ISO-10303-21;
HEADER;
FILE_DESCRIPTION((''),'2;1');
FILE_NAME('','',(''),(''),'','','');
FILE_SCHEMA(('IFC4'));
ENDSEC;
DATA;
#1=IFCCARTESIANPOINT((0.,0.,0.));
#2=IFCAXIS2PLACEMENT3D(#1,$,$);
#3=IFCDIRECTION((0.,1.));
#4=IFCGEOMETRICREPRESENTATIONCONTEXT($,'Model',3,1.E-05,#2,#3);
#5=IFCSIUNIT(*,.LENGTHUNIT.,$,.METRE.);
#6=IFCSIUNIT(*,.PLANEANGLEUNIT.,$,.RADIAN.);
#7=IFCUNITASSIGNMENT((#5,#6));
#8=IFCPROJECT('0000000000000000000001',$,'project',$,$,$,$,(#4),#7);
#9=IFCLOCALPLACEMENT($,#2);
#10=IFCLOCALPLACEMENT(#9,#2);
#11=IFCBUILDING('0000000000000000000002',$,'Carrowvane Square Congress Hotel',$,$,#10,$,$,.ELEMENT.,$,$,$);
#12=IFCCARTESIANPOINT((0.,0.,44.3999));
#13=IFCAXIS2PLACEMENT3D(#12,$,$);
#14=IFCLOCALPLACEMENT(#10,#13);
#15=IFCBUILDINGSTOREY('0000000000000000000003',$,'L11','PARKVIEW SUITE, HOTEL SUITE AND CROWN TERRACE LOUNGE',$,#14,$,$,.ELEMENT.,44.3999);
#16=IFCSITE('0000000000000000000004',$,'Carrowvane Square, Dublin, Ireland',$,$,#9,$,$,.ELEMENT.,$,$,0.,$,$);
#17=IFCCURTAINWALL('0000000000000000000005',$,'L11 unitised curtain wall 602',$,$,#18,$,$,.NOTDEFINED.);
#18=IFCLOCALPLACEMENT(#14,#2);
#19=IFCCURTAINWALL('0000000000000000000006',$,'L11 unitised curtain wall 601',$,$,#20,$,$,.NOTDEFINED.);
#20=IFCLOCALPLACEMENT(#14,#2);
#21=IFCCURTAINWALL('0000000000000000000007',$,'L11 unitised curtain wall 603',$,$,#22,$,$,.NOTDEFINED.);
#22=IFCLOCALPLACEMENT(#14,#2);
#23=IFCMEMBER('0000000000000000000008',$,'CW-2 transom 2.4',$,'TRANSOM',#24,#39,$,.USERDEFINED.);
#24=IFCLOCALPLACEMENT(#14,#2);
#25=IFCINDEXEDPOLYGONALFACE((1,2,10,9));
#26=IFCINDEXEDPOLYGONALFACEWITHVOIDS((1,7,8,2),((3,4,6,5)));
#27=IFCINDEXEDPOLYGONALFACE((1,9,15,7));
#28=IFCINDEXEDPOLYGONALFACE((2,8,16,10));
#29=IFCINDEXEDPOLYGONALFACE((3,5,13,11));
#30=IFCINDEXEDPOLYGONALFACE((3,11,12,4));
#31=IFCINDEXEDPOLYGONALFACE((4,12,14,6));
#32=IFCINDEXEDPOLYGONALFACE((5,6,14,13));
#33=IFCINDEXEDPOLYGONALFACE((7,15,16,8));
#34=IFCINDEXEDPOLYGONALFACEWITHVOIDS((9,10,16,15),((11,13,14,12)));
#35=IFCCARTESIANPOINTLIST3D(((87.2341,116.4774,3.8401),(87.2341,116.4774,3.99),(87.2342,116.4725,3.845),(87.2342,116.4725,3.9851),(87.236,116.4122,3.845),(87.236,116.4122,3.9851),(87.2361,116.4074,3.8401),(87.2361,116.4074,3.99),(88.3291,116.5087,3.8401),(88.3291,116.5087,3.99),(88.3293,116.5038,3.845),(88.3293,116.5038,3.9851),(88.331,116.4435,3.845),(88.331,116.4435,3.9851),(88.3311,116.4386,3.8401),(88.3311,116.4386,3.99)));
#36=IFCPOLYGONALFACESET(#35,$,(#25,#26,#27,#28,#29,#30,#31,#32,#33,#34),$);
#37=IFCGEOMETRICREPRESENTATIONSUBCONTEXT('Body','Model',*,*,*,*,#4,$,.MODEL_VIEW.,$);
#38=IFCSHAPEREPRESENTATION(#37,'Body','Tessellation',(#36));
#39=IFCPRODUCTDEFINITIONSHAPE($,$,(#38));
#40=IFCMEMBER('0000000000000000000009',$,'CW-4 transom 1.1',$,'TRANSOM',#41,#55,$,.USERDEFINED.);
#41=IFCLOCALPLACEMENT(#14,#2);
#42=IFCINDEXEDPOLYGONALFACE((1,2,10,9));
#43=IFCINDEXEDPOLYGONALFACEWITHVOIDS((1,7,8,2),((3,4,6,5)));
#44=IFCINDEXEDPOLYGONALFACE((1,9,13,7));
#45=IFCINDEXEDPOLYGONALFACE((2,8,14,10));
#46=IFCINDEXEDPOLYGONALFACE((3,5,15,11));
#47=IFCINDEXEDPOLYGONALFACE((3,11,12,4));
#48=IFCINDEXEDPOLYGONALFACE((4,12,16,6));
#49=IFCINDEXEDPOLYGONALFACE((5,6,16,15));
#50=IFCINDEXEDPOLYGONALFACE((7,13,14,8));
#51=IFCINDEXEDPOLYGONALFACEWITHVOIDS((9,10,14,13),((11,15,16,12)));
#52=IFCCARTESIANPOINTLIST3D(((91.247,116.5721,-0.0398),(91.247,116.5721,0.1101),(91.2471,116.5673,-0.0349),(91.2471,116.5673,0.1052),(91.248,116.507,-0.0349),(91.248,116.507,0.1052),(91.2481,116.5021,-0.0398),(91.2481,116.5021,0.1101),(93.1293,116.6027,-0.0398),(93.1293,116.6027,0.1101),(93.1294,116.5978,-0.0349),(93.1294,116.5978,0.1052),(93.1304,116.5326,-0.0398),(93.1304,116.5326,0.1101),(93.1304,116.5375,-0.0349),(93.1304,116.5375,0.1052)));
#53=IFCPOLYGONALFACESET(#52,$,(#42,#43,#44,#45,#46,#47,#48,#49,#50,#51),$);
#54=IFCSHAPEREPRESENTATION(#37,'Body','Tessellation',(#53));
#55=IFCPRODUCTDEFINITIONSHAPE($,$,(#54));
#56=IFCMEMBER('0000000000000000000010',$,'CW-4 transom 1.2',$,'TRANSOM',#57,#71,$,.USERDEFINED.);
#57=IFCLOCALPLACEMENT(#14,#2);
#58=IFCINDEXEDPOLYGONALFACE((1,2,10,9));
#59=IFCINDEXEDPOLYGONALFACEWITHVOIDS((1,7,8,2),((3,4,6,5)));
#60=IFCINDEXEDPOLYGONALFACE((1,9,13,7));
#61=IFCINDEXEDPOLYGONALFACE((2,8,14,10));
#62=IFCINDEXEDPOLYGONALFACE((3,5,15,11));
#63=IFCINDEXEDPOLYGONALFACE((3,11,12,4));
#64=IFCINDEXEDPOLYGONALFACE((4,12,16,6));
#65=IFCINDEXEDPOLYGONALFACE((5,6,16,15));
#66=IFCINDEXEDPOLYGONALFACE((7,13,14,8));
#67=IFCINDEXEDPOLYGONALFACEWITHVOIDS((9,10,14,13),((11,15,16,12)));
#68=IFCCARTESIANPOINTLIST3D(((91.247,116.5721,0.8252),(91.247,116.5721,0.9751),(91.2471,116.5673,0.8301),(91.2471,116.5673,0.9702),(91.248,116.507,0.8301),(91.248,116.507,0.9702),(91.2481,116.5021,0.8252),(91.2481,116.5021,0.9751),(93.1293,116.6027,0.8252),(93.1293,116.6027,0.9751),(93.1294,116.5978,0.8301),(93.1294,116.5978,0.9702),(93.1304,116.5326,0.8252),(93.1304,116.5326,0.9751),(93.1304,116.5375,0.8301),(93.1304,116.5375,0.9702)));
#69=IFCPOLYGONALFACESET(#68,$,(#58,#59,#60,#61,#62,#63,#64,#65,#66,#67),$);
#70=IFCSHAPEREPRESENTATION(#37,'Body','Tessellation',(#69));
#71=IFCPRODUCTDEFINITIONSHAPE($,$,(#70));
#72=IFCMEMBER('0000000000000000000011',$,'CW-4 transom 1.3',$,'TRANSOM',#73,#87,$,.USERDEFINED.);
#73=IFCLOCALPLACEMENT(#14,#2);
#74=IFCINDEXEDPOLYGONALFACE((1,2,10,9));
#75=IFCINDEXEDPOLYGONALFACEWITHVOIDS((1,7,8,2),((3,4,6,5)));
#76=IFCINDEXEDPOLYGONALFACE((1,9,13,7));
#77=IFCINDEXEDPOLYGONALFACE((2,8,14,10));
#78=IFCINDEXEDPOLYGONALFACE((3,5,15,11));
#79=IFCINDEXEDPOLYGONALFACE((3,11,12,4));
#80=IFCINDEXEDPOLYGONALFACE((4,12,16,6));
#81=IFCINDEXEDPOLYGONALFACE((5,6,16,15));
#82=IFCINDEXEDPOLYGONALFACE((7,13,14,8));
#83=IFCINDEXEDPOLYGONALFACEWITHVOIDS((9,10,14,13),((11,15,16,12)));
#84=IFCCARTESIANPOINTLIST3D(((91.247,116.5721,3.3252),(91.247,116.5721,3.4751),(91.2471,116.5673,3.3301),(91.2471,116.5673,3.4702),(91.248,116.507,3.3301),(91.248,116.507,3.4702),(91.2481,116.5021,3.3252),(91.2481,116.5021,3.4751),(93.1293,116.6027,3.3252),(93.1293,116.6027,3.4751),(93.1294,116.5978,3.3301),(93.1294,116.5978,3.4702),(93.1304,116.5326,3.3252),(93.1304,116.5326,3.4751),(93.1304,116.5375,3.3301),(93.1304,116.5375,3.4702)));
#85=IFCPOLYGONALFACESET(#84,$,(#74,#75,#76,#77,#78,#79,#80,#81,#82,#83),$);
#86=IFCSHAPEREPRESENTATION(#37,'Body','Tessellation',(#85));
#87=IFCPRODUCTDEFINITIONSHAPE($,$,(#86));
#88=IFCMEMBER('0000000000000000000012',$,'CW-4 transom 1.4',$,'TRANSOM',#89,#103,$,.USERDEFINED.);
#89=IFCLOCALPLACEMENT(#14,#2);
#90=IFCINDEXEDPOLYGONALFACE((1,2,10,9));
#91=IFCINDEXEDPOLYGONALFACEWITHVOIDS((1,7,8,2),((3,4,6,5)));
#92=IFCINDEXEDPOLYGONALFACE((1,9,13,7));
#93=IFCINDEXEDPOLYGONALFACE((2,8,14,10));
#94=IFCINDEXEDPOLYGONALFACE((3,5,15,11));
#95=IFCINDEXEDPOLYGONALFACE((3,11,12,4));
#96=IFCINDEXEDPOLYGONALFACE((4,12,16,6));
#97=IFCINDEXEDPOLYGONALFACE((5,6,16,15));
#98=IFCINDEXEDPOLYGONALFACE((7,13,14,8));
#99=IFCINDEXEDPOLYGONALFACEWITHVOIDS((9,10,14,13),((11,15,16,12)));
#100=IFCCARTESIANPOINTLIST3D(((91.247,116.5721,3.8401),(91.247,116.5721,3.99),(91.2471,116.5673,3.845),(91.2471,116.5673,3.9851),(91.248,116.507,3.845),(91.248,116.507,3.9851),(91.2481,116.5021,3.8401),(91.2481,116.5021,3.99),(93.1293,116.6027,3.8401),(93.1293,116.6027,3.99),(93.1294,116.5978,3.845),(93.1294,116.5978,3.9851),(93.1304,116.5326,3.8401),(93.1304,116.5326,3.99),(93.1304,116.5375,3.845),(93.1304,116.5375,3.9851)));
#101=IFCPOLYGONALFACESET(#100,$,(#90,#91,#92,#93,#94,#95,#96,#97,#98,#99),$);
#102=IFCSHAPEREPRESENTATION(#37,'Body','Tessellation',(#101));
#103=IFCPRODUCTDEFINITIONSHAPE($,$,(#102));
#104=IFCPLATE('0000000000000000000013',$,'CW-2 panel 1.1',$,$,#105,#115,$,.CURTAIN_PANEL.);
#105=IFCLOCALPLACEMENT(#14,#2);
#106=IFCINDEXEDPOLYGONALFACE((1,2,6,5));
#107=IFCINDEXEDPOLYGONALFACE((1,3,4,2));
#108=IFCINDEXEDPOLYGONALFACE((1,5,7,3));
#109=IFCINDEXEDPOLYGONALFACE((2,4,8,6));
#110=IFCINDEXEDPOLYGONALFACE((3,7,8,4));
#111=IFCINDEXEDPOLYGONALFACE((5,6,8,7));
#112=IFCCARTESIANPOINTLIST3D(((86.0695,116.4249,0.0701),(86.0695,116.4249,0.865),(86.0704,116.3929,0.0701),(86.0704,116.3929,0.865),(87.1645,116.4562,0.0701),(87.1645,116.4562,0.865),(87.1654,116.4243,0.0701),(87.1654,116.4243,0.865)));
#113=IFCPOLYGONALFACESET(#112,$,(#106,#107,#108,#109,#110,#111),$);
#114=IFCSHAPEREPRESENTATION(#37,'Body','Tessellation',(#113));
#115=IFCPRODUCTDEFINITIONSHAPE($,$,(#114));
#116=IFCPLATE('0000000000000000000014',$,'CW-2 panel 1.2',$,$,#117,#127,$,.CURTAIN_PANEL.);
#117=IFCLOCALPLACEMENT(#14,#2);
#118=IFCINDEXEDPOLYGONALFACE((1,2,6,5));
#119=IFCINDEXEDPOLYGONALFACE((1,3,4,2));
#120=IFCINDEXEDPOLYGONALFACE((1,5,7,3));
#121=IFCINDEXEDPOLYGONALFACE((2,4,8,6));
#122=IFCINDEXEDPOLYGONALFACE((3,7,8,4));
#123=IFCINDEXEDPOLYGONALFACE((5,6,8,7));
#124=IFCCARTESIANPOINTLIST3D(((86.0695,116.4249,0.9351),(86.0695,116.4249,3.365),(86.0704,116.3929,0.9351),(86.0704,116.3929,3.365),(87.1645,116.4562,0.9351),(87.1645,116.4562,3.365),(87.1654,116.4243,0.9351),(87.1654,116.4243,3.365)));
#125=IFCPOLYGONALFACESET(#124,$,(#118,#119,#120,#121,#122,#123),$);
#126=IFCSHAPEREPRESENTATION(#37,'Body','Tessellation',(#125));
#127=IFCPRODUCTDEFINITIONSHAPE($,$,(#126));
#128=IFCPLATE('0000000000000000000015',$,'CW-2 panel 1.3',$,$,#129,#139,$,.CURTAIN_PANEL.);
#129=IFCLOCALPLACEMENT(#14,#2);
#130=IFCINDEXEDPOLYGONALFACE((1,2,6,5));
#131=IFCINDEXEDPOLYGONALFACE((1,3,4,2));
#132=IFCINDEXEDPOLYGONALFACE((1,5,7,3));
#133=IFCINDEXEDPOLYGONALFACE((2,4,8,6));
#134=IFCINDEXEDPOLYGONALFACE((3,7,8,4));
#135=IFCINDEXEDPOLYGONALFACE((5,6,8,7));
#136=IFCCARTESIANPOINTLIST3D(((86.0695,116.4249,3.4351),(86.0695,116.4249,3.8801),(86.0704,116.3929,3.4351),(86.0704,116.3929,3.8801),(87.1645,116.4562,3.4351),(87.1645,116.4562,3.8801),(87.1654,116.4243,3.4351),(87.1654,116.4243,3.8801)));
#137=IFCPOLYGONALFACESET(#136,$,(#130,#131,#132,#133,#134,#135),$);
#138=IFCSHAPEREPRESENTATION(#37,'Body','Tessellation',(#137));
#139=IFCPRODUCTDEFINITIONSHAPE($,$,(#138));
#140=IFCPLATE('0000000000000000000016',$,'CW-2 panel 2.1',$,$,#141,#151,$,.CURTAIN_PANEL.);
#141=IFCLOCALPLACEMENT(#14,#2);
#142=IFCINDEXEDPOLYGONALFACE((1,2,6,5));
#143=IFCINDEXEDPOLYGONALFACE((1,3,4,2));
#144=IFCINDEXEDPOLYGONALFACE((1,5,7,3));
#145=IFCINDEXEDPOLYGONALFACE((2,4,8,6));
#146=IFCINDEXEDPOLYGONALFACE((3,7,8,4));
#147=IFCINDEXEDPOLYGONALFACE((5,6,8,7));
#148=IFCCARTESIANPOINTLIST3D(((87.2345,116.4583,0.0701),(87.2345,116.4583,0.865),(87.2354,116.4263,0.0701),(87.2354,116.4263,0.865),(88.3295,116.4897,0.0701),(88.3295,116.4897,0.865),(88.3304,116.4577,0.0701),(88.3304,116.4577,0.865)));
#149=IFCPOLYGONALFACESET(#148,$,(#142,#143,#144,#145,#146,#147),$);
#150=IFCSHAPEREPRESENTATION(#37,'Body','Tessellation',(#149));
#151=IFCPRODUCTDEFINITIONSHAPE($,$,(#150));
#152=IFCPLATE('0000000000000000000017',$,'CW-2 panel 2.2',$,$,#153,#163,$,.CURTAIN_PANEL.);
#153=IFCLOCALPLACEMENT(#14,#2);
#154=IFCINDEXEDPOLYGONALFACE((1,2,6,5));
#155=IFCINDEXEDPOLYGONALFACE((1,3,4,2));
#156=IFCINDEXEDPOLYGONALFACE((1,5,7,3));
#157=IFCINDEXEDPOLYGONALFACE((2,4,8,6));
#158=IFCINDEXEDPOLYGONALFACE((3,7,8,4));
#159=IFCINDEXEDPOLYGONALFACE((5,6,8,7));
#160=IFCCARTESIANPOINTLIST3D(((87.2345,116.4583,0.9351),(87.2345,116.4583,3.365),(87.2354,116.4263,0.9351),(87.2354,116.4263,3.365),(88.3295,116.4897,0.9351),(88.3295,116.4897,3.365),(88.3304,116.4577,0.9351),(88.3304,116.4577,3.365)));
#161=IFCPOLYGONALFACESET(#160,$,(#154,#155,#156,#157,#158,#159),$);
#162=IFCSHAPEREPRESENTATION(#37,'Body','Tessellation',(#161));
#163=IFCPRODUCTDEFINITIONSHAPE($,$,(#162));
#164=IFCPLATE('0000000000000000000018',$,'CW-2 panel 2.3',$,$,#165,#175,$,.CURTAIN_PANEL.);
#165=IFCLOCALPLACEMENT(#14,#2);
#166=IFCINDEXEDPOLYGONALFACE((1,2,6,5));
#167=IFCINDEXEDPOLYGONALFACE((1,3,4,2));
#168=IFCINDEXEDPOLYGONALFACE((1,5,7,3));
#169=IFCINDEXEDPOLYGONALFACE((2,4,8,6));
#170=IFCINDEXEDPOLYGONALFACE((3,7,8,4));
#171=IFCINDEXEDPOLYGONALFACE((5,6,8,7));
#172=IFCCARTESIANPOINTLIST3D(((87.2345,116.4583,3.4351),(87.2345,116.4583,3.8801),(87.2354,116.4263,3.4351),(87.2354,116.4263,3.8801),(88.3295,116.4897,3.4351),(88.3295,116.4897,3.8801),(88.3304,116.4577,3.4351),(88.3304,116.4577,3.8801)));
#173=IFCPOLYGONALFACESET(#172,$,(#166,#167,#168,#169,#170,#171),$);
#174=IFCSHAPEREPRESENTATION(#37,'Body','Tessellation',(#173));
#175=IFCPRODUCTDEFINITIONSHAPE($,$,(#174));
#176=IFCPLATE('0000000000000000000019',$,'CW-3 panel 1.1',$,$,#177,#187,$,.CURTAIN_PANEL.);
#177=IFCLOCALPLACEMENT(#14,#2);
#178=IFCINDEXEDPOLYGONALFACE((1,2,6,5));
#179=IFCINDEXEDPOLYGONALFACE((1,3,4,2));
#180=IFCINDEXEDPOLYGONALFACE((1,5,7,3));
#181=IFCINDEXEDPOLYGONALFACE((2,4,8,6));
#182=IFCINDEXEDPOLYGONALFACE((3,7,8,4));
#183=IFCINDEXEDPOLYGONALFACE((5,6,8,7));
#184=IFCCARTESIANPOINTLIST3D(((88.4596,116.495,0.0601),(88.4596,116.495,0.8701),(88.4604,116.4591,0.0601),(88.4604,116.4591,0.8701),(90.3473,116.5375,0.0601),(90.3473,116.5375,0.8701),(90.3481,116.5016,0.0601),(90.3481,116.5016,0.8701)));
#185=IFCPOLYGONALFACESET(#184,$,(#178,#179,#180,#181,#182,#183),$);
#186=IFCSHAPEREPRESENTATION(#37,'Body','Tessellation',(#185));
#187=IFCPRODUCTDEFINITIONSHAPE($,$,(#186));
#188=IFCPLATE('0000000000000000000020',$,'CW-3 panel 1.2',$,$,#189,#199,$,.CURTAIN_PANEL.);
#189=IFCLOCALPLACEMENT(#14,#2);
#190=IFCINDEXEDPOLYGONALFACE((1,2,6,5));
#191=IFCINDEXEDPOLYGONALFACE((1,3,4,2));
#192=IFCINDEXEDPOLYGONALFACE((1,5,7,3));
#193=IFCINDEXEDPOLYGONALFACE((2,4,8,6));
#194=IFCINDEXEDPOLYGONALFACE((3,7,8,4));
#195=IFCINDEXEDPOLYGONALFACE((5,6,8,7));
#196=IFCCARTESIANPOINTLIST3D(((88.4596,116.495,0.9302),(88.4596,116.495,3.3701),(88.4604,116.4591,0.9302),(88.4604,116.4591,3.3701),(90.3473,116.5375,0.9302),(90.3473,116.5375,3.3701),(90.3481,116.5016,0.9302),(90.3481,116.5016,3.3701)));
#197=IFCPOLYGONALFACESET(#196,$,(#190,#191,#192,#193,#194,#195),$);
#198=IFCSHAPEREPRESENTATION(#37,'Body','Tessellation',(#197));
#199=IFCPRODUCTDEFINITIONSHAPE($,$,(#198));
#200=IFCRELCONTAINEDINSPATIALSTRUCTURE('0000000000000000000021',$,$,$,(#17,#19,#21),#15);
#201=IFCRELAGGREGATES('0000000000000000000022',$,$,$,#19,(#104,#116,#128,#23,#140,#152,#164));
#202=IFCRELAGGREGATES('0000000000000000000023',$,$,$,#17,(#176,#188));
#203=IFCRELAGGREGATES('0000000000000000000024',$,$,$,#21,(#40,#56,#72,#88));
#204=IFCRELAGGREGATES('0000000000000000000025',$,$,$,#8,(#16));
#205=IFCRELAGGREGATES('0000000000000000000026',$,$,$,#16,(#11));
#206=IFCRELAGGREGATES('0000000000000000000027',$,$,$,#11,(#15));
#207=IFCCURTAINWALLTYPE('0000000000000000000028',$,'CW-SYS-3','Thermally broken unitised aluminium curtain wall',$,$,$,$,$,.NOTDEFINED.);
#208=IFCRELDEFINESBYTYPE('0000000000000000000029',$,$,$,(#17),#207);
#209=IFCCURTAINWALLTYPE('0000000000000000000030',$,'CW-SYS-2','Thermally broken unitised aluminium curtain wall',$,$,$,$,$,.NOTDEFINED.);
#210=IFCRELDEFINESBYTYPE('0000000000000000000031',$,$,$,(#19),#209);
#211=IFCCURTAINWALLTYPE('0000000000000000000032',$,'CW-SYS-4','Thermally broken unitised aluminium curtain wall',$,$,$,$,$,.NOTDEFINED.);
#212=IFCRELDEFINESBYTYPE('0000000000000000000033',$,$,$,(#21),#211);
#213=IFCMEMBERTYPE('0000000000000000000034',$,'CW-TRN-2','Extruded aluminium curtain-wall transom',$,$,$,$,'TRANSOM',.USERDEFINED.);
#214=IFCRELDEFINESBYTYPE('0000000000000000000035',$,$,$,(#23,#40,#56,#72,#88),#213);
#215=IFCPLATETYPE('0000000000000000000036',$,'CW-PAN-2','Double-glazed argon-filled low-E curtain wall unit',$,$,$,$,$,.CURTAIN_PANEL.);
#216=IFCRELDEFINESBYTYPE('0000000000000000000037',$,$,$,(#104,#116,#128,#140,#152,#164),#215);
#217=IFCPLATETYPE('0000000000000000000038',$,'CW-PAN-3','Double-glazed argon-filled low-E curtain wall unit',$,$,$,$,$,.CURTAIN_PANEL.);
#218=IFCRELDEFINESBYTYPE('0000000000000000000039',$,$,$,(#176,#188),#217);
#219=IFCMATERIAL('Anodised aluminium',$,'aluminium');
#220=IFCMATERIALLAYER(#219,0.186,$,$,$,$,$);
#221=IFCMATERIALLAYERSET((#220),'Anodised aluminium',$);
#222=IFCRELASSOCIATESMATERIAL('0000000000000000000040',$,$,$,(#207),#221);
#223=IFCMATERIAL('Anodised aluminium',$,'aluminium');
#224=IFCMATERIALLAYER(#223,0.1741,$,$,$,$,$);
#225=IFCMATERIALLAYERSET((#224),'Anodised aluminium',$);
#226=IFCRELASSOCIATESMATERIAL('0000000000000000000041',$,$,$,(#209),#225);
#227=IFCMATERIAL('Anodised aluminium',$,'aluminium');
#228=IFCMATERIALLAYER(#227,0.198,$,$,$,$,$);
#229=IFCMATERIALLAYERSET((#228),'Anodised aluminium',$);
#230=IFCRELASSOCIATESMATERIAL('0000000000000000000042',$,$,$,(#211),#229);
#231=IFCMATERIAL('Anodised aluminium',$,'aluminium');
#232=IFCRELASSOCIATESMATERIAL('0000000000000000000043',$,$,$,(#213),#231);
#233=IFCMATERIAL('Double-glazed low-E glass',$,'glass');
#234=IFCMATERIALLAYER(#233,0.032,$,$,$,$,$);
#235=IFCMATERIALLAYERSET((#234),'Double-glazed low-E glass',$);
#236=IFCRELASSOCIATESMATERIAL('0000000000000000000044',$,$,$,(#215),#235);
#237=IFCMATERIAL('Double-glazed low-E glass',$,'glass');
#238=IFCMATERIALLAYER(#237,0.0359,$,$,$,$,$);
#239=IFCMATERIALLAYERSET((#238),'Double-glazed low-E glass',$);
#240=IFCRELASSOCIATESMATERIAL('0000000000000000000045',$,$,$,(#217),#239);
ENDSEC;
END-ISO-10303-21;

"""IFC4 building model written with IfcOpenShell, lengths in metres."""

from ifc_helpers import new_model, si_unit, direction, frame, origin, origin_2d, place, context, subcontext, project, spatial, rectangle, hollow_rectangle, extrude, material, layer, layer_set, material_profile, profile_set, type_object, element, aggregate, save


model = new_model("IFC4")

# Units and contexts
model_context = context("Model", 3, precision=1e-05, world=origin(), true_north=direction((0.0, 1.0)))
body_context = subcontext(model_context, "Body", "Model", "MODEL_VIEW")
ifc_project = project(units=[si_unit("LENGTHUNIT", "METRE"), si_unit("PLANEANGLEUNIT", "RADIAN")], contexts=[model_context])

# Site, building, storey
site_placement = place(None, origin())
site = spatial("IfcSite", under=ifc_project, at=site_placement, Name="Carrowvane Square, Dublin, Ireland", CompositionType="ELEMENT", RefElevation=0.0)
building_placement = place(site_placement, origin())
building = spatial("IfcBuilding", under=site, at=building_placement, Name="Carrowvane Square Congress Hotel", CompositionType="ELEMENT")
storey_placement = place(building_placement, frame((0.0, 0.0, 44.3999)))
storey = spatial("IfcBuildingStorey", under=building, at=storey_placement, Name="L11", Description="PARKVIEW SUITE, HOTEL SUITE AND CROWN TERRACE LOUNGE", CompositionType="ELEMENT", Elevation=44.3999)

# Curtain walls
ifc_material_1 = material(Name="Anodised aluminium", Category="aluminium")
ifc_layer_1 = layer(ifc_material_1, 0.186)
ifc_layer_set_1 = layer_set([ifc_layer_1], Name="Anodised aluminium")
curtain_wall_type_1 = type_object("IfcCurtainWallType", Name="CW-SYS-3", Description="Thermally broken unitised aluminium curtain wall", PredefinedType="NOTDEFINED", material=ifc_layer_set_1)
curtain_wall_1_placement = place(storey_placement, origin())
curtain_wall_1 = element("IfcCurtainWall", 1, at=curtain_wall_1_placement, inside=storey, type_object=curtain_wall_type_1, Name="L11 unitised curtain wall 602", PredefinedType="NOTDEFINED")
ifc_material_2 = material(Name="Anodised aluminium", Category="aluminium")
ifc_layer_2 = layer(ifc_material_2, 0.1741)
ifc_layer_set_2 = layer_set([ifc_layer_2], Name="Anodised aluminium")
curtain_wall_type_2 = type_object("IfcCurtainWallType", Name="CW-SYS-2", Description="Thermally broken unitised aluminium curtain wall", PredefinedType="NOTDEFINED", material=ifc_layer_set_2)
curtain_wall_2_placement = place(storey_placement, origin())
curtain_wall_2 = element("IfcCurtainWall", 2, at=curtain_wall_2_placement, inside=storey, type_object=curtain_wall_type_2, Name="L11 unitised curtain wall 601", PredefinedType="NOTDEFINED")

# Curtain wall
ifc_material_3 = material(Name="Anodised aluminium", Category="aluminium")
ifc_layer_3 = layer(ifc_material_3, 0.198)
ifc_layer_set_3 = layer_set([ifc_layer_3], Name="Anodised aluminium")
curtain_wall_type_3 = type_object("IfcCurtainWallType", Name="CW-SYS-4", Description="Thermally broken unitised aluminium curtain wall", PredefinedType="NOTDEFINED", material=ifc_layer_set_3)
curtain_wall_3_placement = place(storey_placement, origin())
curtain_wall_3 = element("IfcCurtainWall", 3, at=curtain_wall_3_placement, inside=storey, type_object=curtain_wall_type_3, Name="L11 unitised curtain wall 603", PredefinedType="NOTDEFINED")

# Members
ifc_material_4 = material(Name="Anodised aluminium", Category="aluminium")
ifc_material_profile_1 = material_profile(ifc_material_4, hollow_rectangle(XDim=0.0701, YDim=0.1499, WallThickness=0.0049, at=origin_2d()), Name="CW-TR 70x150x5")
ifc_profile_set_1 = profile_set([ifc_material_profile_1], Name="Anodised aluminium")
member_type_1 = type_object("IfcMemberType", Name="CW-TRN-2", Description="Extruded aluminium curtain-wall transom", ElementType="TRANSOM", PredefinedType="USERDEFINED", material=ifc_profile_set_1)
member_1_placement = place(storey_placement, frame((87.2351, 116.4424, 3.915), z_axis=(0.999593, 0.028528, 0.0), x_axis=(-0.028528, 0.999593, 0.0)))
member_1 = element("IfcMember", 4, at=member_1_placement, type_object=member_type_1, Name="CW-2 transom 2.4", ObjectType="TRANSOM", PredefinedType="USERDEFINED", context=body_context, shape_type="SweptSolid", body=[
    extrude(hollow_rectangle(XDim=0.0701, YDim=0.1499, WallThickness=0.0049, at=origin_2d()), origin(), (0.0, 0.0, 1.0), 1.0955),
])
member_2_placement = place(storey_placement, frame((91.2476, 116.5371, 0.0352), z_axis=(0.999869, 0.016211, 0.0), x_axis=(-0.016211, 0.999869, 0.0)))
member_2 = element("IfcMember", 5, at=member_2_placement, type_object=member_type_1, Name="CW-4 transom 1.1", ObjectType="TRANSOM", PredefinedType="USERDEFINED", context=body_context, shape_type="SweptSolid", body=[
    extrude(hollow_rectangle(XDim=0.0701, YDim=0.1499, WallThickness=0.0049, at=origin_2d()), origin(), (0.0, 0.0, 1.0), 1.8826),
])
member_3_placement = place(storey_placement, frame((91.2476, 116.5371, 0.9001), z_axis=(0.999869, 0.016211, 0.0), x_axis=(-0.016211, 0.999869, 0.0)))
member_3 = element("IfcMember", 6, at=member_3_placement, type_object=member_type_1, Name="CW-4 transom 1.2", ObjectType="TRANSOM", PredefinedType="USERDEFINED", context=body_context, shape_type="SweptSolid", body=[
    extrude(hollow_rectangle(XDim=0.0701, YDim=0.1499, WallThickness=0.0049, at=origin_2d()), origin(), (0.0, 0.0, 1.0), 1.8826),
])
member_4_placement = place(storey_placement, frame((91.2476, 116.5371, 3.4001), z_axis=(0.999869, 0.016211, 0.0), x_axis=(-0.016211, 0.999869, 0.0)))
member_4 = element("IfcMember", 7, at=member_4_placement, type_object=member_type_1, Name="CW-4 transom 1.3", ObjectType="TRANSOM", PredefinedType="USERDEFINED", context=body_context, shape_type="SweptSolid", body=[
    extrude(hollow_rectangle(XDim=0.0701, YDim=0.1499, WallThickness=0.0049, at=origin_2d()), origin(), (0.0, 0.0, 1.0), 1.8826),
])
member_5_placement = place(storey_placement, frame((91.2476, 116.5371, 3.915), z_axis=(0.999869, 0.016211, 0.0), x_axis=(-0.016211, 0.999869, 0.0)))
member_5 = element("IfcMember", 8, at=member_5_placement, type_object=member_type_1, Name="CW-4 transom 1.4", ObjectType="TRANSOM", PredefinedType="USERDEFINED", context=body_context, shape_type="SweptSolid", body=[
    extrude(hollow_rectangle(XDim=0.0701, YDim=0.1499, WallThickness=0.0049, at=origin_2d()), origin(), (0.0, 0.0, 1.0), 1.8826),
])

# Plates
ifc_material_5 = material(Name="Double-glazed low-E glass", Category="glass")
ifc_layer_4 = layer(ifc_material_5, 0.032)
ifc_layer_set_4 = layer_set([ifc_layer_4], Name="Double-glazed low-E glass")
plate_type_1 = type_object("IfcPlateType", Name="CW-PAN-2", Description="Double-glazed argon-filled low-E curtain wall unit", PredefinedType="CURTAIN_PANEL", material=ifc_layer_set_4)
plate_1_placement = place(storey_placement, frame((86.6174, 116.4246, 0.0701), z_axis=(0.0, 0.0, 1.0), x_axis=(0.99959, 0.028638, 0.0)))
plate_1 = element("IfcPlate", 9, at=plate_1_placement, type_object=plate_type_1, Name="CW-2 panel 1.1", PredefinedType="CURTAIN_PANEL", context=body_context, shape_type="SweptSolid", body=[
    extrude(rectangle(XDim=1.0955, YDim=0.032, at=origin_2d()), origin(), (0.0, 0.0, 1.0), 0.7949),
])
plate_2_placement = place(storey_placement, frame((86.6174, 116.4246, 0.9351), z_axis=(0.0, 0.0, 1.0), x_axis=(0.99959, 0.028638, 0.0)))
plate_2 = element("IfcPlate", 10, at=plate_2_placement, type_object=plate_type_1, Name="CW-2 panel 1.2", PredefinedType="CURTAIN_PANEL", context=body_context, shape_type="SweptSolid", body=[
    extrude(rectangle(XDim=1.0955, YDim=0.032, at=origin_2d()), origin(), (0.0, 0.0, 1.0), 2.4299),
])
plate_3_placement = place(storey_placement, frame((86.6174, 116.4246, 3.4351), z_axis=(0.0, 0.0, 1.0), x_axis=(0.99959, 0.028638, 0.0)))
plate_3 = element("IfcPlate", 11, at=plate_3_placement, type_object=plate_type_1, Name="CW-2 panel 1.3", PredefinedType="CURTAIN_PANEL", context=body_context, shape_type="SweptSolid", body=[
    extrude(rectangle(XDim=1.0955, YDim=0.032, at=origin_2d()), origin(), (0.0, 0.0, 1.0), 0.4451),
])
plate_4_placement = place(storey_placement, frame((87.7825, 116.458, 0.0701), z_axis=(0.0, 0.0, 1.0), x_axis=(0.99959, 0.028638, 0.0)))
plate_4 = element("IfcPlate", 12, at=plate_4_placement, type_object=plate_type_1, Name="CW-2 panel 2.1", PredefinedType="CURTAIN_PANEL", context=body_context, shape_type="SweptSolid", body=[
    extrude(rectangle(XDim=1.0955, YDim=0.032, at=origin_2d()), origin(), (0.0, 0.0, 1.0), 0.7949),
])
plate_5_placement = place(storey_placement, frame((87.7825, 116.458, 0.9351), z_axis=(0.0, 0.0, 1.0), x_axis=(0.99959, 0.028638, 0.0)))
plate_5 = element("IfcPlate", 13, at=plate_5_placement, type_object=plate_type_1, Name="CW-2 panel 2.2", PredefinedType="CURTAIN_PANEL", context=body_context, shape_type="SweptSolid", body=[
    extrude(rectangle(XDim=1.0955, YDim=0.032, at=origin_2d()), origin(), (0.0, 0.0, 1.0), 2.4299),
])
plate_6_placement = place(storey_placement, frame((87.7825, 116.458, 3.4351), z_axis=(0.0, 0.0, 1.0), x_axis=(0.99959, 0.028638, 0.0)))
plate_6 = element("IfcPlate", 14, at=plate_6_placement, type_object=plate_type_1, Name="CW-2 panel 2.3", PredefinedType="CURTAIN_PANEL", context=body_context, shape_type="SweptSolid", body=[
    extrude(rectangle(XDim=1.0955, YDim=0.032, at=origin_2d()), origin(), (0.0, 0.0, 1.0), 0.4451),
])
aggregate(curtain_wall_2, [plate_1, plate_2, plate_3, member_1, plate_4, plate_5, plate_6])
ifc_material_6 = material(Name="Double-glazed low-E glass", Category="glass")
ifc_layer_5 = layer(ifc_material_6, 0.0359)
ifc_layer_set_5 = layer_set([ifc_layer_5], Name="Double-glazed low-E glass")
plate_type_2 = type_object("IfcPlateType", Name="CW-PAN-3", Description="Double-glazed argon-filled low-E curtain wall unit", PredefinedType="CURTAIN_PANEL", material=ifc_layer_set_5)
plate_7_placement = place(storey_placement, frame((89.4038, 116.4983, 0.0601), z_axis=(0.0, 0.0, 1.0), x_axis=(0.999746, 0.022518, 0.0)))
plate_7 = element("IfcPlate", 15, at=plate_7_placement, type_object=plate_type_2, Name="CW-3 panel 1.1", PredefinedType="CURTAIN_PANEL", context=body_context, shape_type="SweptSolid", body=[
    extrude(rectangle(XDim=1.8882, YDim=0.0359, at=origin_2d()), origin(), (0.0, 0.0, 1.0), 0.8101),
])
plate_8_placement = place(storey_placement, frame((89.4038, 116.4983, 0.9302), z_axis=(0.0, 0.0, 1.0), x_axis=(0.999746, 0.022518, 0.0)))
plate_8 = element("IfcPlate", 16, at=plate_8_placement, type_object=plate_type_2, Name="CW-3 panel 1.2", PredefinedType="CURTAIN_PANEL", context=body_context, shape_type="SweptSolid", body=[
    extrude(rectangle(XDim=1.8882, YDim=0.0359, at=origin_2d()), origin(), (0.0, 0.0, 1.0), 2.4399),
])
aggregate(curtain_wall_1, [plate_7, plate_8])
aggregate(curtain_wall_3, [member_2, member_3, member_4, member_5])

save(model, "model.ifc")
